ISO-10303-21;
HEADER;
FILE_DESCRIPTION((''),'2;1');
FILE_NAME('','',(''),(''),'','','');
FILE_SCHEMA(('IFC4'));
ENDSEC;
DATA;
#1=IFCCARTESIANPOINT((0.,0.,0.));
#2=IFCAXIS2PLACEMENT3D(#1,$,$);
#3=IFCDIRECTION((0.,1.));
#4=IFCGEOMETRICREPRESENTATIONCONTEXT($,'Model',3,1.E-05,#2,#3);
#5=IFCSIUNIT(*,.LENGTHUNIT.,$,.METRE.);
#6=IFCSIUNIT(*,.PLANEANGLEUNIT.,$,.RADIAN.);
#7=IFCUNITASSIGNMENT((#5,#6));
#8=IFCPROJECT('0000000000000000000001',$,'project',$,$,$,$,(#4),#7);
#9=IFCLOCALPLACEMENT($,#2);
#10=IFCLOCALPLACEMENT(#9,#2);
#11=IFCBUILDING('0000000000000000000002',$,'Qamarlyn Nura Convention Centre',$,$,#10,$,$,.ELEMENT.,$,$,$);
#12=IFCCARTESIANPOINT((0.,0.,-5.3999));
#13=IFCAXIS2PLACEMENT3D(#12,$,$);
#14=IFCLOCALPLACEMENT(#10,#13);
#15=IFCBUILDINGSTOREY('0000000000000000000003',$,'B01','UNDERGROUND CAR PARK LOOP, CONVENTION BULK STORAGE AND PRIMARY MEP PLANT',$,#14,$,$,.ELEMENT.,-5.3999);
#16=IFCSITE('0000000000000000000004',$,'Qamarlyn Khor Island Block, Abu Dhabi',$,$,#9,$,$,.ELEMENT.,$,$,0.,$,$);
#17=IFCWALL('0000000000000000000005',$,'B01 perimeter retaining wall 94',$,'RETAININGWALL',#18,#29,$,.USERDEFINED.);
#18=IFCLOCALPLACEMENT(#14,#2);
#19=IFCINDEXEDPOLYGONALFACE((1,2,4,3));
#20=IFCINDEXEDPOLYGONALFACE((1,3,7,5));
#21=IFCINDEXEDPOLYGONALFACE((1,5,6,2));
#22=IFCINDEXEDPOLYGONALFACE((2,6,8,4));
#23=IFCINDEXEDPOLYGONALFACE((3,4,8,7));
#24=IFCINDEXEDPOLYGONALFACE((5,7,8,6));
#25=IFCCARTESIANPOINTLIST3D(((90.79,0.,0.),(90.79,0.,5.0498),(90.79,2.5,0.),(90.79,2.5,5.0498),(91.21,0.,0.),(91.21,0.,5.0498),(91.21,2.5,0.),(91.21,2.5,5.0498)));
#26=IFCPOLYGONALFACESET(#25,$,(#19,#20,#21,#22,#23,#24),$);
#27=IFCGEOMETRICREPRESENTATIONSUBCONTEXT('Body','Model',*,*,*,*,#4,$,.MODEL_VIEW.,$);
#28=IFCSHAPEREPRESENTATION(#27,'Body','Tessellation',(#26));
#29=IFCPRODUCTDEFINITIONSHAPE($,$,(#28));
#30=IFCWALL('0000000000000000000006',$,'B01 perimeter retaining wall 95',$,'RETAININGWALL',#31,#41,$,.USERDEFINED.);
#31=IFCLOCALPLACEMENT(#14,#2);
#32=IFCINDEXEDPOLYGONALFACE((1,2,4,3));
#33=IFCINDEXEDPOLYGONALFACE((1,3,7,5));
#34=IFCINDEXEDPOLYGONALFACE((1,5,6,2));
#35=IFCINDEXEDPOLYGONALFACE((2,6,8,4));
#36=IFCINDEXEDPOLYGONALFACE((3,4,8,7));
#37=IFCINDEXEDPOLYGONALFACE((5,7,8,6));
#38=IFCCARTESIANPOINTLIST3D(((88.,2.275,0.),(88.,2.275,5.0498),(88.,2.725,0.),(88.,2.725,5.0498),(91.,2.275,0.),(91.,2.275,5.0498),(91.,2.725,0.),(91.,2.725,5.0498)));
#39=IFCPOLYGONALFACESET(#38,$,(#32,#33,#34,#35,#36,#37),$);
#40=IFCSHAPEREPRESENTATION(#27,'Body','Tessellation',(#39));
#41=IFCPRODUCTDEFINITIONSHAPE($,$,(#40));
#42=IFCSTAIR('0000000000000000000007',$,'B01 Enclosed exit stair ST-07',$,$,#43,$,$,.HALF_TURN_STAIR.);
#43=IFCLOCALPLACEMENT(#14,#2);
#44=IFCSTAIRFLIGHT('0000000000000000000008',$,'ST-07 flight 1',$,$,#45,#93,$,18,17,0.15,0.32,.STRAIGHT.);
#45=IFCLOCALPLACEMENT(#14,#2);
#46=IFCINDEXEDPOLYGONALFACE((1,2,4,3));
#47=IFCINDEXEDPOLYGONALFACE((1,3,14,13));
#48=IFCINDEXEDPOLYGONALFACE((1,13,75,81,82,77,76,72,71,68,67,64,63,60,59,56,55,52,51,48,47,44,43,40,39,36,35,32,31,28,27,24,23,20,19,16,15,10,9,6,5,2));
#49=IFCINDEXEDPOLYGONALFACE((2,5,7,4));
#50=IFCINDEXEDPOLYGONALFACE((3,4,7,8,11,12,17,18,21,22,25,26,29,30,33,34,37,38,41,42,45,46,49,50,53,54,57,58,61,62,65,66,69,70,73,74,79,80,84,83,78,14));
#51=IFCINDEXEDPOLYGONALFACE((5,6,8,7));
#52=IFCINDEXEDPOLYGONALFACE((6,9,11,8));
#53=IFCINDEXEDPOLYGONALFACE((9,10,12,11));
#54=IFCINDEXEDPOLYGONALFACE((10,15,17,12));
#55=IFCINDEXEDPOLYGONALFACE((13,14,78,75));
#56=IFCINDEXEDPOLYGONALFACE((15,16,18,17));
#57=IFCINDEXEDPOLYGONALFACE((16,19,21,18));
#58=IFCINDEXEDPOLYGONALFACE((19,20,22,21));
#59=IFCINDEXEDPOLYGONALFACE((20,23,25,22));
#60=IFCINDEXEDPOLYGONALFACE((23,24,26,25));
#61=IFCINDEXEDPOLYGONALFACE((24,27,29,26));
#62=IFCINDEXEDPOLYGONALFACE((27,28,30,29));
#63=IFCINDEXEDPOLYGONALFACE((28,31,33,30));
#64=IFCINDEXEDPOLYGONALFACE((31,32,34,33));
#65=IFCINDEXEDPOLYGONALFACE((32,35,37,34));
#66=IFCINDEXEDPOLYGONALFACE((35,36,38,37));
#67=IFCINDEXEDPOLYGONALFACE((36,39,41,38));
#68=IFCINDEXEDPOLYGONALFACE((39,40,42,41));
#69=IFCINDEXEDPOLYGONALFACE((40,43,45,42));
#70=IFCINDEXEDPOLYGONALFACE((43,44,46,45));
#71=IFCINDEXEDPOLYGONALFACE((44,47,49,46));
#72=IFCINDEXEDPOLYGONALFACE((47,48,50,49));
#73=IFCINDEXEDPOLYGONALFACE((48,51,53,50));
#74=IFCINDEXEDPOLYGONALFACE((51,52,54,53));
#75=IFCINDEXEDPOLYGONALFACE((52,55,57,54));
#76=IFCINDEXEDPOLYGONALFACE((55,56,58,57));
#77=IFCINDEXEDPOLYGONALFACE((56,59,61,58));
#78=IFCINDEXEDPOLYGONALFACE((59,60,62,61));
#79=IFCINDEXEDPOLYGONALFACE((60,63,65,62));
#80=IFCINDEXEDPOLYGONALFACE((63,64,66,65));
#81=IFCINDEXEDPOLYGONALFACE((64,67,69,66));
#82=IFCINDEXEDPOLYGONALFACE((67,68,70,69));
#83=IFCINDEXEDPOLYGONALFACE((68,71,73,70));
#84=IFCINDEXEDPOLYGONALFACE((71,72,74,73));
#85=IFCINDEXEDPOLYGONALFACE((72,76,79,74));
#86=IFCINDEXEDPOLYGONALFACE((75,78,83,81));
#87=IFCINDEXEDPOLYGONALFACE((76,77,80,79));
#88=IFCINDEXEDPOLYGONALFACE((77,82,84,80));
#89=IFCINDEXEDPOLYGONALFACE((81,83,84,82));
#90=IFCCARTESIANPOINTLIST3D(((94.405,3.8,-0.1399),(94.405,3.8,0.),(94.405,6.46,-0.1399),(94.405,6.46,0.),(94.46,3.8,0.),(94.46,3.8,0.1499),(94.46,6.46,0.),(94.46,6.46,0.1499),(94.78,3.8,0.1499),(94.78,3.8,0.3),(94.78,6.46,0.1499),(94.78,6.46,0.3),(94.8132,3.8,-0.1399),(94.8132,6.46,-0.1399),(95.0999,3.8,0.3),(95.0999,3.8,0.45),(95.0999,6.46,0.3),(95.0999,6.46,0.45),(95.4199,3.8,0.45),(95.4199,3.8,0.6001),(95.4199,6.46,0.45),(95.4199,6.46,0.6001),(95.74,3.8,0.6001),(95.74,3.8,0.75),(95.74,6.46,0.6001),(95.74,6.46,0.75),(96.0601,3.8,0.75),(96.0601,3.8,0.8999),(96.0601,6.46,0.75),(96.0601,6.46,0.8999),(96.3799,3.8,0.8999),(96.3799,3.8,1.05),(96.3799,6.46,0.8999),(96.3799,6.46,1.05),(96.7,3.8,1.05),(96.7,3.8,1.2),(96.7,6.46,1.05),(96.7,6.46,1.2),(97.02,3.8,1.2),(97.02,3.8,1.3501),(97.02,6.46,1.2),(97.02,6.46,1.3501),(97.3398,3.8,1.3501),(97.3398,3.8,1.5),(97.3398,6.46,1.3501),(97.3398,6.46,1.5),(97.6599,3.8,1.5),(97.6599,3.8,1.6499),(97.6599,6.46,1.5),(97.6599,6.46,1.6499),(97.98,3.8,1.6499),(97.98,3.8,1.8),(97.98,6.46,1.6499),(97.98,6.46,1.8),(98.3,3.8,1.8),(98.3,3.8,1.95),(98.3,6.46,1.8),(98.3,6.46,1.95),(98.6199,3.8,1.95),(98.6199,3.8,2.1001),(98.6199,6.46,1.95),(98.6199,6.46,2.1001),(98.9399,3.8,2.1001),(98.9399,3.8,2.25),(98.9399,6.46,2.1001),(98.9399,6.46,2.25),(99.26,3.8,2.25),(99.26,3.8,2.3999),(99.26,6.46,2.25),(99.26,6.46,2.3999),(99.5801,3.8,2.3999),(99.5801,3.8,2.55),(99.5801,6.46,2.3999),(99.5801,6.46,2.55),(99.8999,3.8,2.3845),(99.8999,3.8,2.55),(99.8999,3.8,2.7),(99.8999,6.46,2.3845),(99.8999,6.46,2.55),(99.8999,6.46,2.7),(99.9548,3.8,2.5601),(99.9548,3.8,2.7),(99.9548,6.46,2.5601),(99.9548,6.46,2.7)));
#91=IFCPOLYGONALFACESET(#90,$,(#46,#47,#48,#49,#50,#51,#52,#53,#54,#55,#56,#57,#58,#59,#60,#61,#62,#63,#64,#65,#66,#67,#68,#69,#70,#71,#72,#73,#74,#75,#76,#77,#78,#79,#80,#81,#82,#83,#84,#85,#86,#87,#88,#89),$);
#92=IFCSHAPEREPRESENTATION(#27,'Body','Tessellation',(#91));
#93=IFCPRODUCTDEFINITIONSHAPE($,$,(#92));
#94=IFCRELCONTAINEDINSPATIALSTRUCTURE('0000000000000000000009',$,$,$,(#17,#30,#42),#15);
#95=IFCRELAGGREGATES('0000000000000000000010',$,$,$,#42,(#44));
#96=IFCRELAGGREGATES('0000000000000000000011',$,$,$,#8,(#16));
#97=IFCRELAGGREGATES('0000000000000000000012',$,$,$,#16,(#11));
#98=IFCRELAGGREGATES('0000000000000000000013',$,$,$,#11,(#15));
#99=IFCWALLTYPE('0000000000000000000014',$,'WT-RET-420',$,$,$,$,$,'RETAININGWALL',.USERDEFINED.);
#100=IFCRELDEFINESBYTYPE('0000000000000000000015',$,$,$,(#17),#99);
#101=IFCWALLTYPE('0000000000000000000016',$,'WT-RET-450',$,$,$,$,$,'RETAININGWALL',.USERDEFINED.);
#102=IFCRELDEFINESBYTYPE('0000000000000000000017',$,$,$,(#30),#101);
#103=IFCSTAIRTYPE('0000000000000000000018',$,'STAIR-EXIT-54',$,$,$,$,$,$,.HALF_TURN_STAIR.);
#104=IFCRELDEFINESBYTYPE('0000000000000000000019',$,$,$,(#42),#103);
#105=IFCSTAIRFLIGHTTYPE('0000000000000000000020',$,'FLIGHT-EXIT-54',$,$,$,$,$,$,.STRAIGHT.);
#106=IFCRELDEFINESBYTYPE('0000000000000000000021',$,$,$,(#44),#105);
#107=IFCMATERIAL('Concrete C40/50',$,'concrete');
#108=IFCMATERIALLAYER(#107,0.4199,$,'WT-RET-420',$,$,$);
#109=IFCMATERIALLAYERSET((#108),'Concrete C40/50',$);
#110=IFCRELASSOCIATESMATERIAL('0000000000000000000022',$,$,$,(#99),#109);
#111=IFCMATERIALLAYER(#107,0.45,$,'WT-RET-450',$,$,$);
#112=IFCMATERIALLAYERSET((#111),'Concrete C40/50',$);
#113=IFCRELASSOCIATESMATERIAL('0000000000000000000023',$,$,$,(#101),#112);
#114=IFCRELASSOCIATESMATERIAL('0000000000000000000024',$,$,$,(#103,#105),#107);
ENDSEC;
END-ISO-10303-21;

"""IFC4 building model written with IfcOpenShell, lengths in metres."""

from ifc_helpers import new_model, si_unit, direction, frame, frame_2d, origin, place, context, subcontext, project, spatial, polyline, rectangle, outline, extrude, material, layer, layer_set, type_object, element, aggregate, save


model = new_model("IFC4")

# Units and contexts
model_context = context("Model", 3, precision=1e-05, world=origin(), true_north=direction((0.0, 1.0)))
body_context = subcontext(model_context, "Body", "Model", "MODEL_VIEW")
ifc_project = project(units=[si_unit("LENGTHUNIT", "METRE"), si_unit("PLANEANGLEUNIT", "RADIAN")], contexts=[model_context])

# Site, building, storey
site_placement = place(None, origin())
site = spatial("IfcSite", under=ifc_project, at=site_placement, Name="Qamarlyn Khor Island Block, Abu Dhabi", CompositionType="ELEMENT", RefElevation=0.0)
building_placement = place(site_placement, origin())
building = spatial("IfcBuilding", under=site, at=building_placement, Name="Qamarlyn Nura Convention Centre", CompositionType="ELEMENT")
storey_placement = place(building_placement, frame((0.0, 0.0, -5.3999)))
storey = spatial("IfcBuildingStorey", under=building, at=storey_placement, Name="B01", Description="UNDERGROUND CAR PARK LOOP, CONVENTION BULK STORAGE AND PRIMARY MEP PLANT", CompositionType="ELEMENT", Elevation=-5.3999)

# Shared definitions
ifc_material_1 = material(Name="Concrete C40/50", Category="concrete")

# Walls
ifc_layer_1 = layer(ifc_material_1, 0.4199, Name="WT-RET-420")
ifc_layer_set_1 = layer_set([ifc_layer_1], Name="Concrete C40/50")
wall_type_1 = type_object("IfcWallType", Name="WT-RET-420", ElementType="RETAININGWALL", PredefinedType="USERDEFINED", material=ifc_layer_set_1)
wall_1_placement = place(storey_placement, frame((91.0, 0.0, 0.0), z_axis=(0.0, 0.0, 1.0), x_axis=(0.0, 1.0, 0.0)))
element("IfcWall", 1, at=wall_1_placement, inside=storey, type_object=wall_type_1, Name="B01 perimeter retaining wall 94", ObjectType="RETAININGWALL", PredefinedType="USERDEFINED", context=body_context, shape_type="SweptSolid", body=[
    extrude(rectangle(XDim=2.5, YDim=0.4199, at=frame_2d((1.25, 0.0))), origin(), (0.0, 0.0, 1.0), 5.0498),
])
ifc_layer_2 = layer(ifc_material_1, 0.45, Name="WT-RET-450")
ifc_layer_set_2 = layer_set([ifc_layer_2], Name="Concrete C40/50")
wall_type_2 = type_object("IfcWallType", Name="WT-RET-450", ElementType="RETAININGWALL", PredefinedType="USERDEFINED", material=ifc_layer_set_2)
wall_2_placement = place(storey_placement, frame((91.0, 2.5, 0.0), z_axis=(0.0, 0.0, 1.0), x_axis=(-1.0, 0.0, 0.0)))
element("IfcWall", 2, at=wall_2_placement, inside=storey, type_object=wall_type_2, Name="B01 perimeter retaining wall 95", ObjectType="RETAININGWALL", PredefinedType="USERDEFINED", context=body_context, shape_type="SweptSolid", body=[
    extrude(rectangle(XDim=3.0, YDim=0.45, at=frame_2d((1.5, 0.0))), origin(), (0.0, 0.0, 1.0), 5.0498),
])

# Stair, stair flight
stair_type = type_object("IfcStairType", Name="STAIR-EXIT-54", PredefinedType="HALF_TURN_STAIR", material=ifc_material_1)
stair_placement = place(storey_placement, origin())
stair = element("IfcStair", 3, at=stair_placement, inside=storey, type_object=stair_type, Name="B01 Enclosed exit stair ST-07", PredefinedType="HALF_TURN_STAIR")
stair_flight_type = type_object("IfcStairFlightType", Name="FLIGHT-EXIT-54", PredefinedType="STRAIGHT", material=ifc_material_1)
stair_flight_placement = place(storey_placement, frame((94.46, 5.1299, 0.0), z_axis=(0.0, 0.0, 1.0), x_axis=(1.0, 0.0, 0.0)))
stair_flight = element("IfcStairFlight", 4, at=stair_flight_placement, type_object=stair_flight_type, Name="ST-07 flight 1", NumberOfRisers=18, NumberOfTreads=17, PredefinedType="STRAIGHT", RiserHeight=0.15, TreadLength=0.32, context=body_context, shape_type="SweptSolid", body=[
    extrude(outline(polyline([(-0.0549, 0.0), (0.0, 0.0), (0.0, 0.1499), (0.3201, 0.1499), (0.3201, 0.3), (0.6399, 0.3), (0.6399, 0.45), (0.96, 0.45), (0.96, 0.6001), (1.28, 0.6001), (1.28, 0.75), (1.6001, 0.75), (1.6001, 0.8999), (1.9199, 0.8999), (1.9199, 1.05), (2.24, 1.05), (2.24, 1.2), (2.5601, 1.2), (2.5601, 1.3501), (2.8799, 1.3501), (2.8799, 1.5), (3.2, 1.5), (3.2, 1.6499), (3.52, 1.6499), (3.52, 1.8), (3.8401, 1.8), (3.8401, 1.95), (4.1599, 1.95), (4.1599, 2.1001), (4.48, 2.1001), (4.48, 2.25), (4.8, 2.25), (4.8, 2.3999), (5.1201, 2.3999), (5.1201, 2.55), (5.4399, 2.55), (5.4399, 2.7), (5.4949, 2.7), (5.4949, 2.5601), (5.4399, 2.3845), (0.3533, -0.1399), (-0.0549, -0.1399), (-0.0549, 0.0)])), frame((0.0, 1.3301, 0.0), z_axis=(0.0, -1.0, 0.0), x_axis=(1.0, 0.0, 0.0)), (0.0, 0.0, 1.0), 2.6599),
])
aggregate(stair, [stair_flight])

save(model, "model.ifc")
